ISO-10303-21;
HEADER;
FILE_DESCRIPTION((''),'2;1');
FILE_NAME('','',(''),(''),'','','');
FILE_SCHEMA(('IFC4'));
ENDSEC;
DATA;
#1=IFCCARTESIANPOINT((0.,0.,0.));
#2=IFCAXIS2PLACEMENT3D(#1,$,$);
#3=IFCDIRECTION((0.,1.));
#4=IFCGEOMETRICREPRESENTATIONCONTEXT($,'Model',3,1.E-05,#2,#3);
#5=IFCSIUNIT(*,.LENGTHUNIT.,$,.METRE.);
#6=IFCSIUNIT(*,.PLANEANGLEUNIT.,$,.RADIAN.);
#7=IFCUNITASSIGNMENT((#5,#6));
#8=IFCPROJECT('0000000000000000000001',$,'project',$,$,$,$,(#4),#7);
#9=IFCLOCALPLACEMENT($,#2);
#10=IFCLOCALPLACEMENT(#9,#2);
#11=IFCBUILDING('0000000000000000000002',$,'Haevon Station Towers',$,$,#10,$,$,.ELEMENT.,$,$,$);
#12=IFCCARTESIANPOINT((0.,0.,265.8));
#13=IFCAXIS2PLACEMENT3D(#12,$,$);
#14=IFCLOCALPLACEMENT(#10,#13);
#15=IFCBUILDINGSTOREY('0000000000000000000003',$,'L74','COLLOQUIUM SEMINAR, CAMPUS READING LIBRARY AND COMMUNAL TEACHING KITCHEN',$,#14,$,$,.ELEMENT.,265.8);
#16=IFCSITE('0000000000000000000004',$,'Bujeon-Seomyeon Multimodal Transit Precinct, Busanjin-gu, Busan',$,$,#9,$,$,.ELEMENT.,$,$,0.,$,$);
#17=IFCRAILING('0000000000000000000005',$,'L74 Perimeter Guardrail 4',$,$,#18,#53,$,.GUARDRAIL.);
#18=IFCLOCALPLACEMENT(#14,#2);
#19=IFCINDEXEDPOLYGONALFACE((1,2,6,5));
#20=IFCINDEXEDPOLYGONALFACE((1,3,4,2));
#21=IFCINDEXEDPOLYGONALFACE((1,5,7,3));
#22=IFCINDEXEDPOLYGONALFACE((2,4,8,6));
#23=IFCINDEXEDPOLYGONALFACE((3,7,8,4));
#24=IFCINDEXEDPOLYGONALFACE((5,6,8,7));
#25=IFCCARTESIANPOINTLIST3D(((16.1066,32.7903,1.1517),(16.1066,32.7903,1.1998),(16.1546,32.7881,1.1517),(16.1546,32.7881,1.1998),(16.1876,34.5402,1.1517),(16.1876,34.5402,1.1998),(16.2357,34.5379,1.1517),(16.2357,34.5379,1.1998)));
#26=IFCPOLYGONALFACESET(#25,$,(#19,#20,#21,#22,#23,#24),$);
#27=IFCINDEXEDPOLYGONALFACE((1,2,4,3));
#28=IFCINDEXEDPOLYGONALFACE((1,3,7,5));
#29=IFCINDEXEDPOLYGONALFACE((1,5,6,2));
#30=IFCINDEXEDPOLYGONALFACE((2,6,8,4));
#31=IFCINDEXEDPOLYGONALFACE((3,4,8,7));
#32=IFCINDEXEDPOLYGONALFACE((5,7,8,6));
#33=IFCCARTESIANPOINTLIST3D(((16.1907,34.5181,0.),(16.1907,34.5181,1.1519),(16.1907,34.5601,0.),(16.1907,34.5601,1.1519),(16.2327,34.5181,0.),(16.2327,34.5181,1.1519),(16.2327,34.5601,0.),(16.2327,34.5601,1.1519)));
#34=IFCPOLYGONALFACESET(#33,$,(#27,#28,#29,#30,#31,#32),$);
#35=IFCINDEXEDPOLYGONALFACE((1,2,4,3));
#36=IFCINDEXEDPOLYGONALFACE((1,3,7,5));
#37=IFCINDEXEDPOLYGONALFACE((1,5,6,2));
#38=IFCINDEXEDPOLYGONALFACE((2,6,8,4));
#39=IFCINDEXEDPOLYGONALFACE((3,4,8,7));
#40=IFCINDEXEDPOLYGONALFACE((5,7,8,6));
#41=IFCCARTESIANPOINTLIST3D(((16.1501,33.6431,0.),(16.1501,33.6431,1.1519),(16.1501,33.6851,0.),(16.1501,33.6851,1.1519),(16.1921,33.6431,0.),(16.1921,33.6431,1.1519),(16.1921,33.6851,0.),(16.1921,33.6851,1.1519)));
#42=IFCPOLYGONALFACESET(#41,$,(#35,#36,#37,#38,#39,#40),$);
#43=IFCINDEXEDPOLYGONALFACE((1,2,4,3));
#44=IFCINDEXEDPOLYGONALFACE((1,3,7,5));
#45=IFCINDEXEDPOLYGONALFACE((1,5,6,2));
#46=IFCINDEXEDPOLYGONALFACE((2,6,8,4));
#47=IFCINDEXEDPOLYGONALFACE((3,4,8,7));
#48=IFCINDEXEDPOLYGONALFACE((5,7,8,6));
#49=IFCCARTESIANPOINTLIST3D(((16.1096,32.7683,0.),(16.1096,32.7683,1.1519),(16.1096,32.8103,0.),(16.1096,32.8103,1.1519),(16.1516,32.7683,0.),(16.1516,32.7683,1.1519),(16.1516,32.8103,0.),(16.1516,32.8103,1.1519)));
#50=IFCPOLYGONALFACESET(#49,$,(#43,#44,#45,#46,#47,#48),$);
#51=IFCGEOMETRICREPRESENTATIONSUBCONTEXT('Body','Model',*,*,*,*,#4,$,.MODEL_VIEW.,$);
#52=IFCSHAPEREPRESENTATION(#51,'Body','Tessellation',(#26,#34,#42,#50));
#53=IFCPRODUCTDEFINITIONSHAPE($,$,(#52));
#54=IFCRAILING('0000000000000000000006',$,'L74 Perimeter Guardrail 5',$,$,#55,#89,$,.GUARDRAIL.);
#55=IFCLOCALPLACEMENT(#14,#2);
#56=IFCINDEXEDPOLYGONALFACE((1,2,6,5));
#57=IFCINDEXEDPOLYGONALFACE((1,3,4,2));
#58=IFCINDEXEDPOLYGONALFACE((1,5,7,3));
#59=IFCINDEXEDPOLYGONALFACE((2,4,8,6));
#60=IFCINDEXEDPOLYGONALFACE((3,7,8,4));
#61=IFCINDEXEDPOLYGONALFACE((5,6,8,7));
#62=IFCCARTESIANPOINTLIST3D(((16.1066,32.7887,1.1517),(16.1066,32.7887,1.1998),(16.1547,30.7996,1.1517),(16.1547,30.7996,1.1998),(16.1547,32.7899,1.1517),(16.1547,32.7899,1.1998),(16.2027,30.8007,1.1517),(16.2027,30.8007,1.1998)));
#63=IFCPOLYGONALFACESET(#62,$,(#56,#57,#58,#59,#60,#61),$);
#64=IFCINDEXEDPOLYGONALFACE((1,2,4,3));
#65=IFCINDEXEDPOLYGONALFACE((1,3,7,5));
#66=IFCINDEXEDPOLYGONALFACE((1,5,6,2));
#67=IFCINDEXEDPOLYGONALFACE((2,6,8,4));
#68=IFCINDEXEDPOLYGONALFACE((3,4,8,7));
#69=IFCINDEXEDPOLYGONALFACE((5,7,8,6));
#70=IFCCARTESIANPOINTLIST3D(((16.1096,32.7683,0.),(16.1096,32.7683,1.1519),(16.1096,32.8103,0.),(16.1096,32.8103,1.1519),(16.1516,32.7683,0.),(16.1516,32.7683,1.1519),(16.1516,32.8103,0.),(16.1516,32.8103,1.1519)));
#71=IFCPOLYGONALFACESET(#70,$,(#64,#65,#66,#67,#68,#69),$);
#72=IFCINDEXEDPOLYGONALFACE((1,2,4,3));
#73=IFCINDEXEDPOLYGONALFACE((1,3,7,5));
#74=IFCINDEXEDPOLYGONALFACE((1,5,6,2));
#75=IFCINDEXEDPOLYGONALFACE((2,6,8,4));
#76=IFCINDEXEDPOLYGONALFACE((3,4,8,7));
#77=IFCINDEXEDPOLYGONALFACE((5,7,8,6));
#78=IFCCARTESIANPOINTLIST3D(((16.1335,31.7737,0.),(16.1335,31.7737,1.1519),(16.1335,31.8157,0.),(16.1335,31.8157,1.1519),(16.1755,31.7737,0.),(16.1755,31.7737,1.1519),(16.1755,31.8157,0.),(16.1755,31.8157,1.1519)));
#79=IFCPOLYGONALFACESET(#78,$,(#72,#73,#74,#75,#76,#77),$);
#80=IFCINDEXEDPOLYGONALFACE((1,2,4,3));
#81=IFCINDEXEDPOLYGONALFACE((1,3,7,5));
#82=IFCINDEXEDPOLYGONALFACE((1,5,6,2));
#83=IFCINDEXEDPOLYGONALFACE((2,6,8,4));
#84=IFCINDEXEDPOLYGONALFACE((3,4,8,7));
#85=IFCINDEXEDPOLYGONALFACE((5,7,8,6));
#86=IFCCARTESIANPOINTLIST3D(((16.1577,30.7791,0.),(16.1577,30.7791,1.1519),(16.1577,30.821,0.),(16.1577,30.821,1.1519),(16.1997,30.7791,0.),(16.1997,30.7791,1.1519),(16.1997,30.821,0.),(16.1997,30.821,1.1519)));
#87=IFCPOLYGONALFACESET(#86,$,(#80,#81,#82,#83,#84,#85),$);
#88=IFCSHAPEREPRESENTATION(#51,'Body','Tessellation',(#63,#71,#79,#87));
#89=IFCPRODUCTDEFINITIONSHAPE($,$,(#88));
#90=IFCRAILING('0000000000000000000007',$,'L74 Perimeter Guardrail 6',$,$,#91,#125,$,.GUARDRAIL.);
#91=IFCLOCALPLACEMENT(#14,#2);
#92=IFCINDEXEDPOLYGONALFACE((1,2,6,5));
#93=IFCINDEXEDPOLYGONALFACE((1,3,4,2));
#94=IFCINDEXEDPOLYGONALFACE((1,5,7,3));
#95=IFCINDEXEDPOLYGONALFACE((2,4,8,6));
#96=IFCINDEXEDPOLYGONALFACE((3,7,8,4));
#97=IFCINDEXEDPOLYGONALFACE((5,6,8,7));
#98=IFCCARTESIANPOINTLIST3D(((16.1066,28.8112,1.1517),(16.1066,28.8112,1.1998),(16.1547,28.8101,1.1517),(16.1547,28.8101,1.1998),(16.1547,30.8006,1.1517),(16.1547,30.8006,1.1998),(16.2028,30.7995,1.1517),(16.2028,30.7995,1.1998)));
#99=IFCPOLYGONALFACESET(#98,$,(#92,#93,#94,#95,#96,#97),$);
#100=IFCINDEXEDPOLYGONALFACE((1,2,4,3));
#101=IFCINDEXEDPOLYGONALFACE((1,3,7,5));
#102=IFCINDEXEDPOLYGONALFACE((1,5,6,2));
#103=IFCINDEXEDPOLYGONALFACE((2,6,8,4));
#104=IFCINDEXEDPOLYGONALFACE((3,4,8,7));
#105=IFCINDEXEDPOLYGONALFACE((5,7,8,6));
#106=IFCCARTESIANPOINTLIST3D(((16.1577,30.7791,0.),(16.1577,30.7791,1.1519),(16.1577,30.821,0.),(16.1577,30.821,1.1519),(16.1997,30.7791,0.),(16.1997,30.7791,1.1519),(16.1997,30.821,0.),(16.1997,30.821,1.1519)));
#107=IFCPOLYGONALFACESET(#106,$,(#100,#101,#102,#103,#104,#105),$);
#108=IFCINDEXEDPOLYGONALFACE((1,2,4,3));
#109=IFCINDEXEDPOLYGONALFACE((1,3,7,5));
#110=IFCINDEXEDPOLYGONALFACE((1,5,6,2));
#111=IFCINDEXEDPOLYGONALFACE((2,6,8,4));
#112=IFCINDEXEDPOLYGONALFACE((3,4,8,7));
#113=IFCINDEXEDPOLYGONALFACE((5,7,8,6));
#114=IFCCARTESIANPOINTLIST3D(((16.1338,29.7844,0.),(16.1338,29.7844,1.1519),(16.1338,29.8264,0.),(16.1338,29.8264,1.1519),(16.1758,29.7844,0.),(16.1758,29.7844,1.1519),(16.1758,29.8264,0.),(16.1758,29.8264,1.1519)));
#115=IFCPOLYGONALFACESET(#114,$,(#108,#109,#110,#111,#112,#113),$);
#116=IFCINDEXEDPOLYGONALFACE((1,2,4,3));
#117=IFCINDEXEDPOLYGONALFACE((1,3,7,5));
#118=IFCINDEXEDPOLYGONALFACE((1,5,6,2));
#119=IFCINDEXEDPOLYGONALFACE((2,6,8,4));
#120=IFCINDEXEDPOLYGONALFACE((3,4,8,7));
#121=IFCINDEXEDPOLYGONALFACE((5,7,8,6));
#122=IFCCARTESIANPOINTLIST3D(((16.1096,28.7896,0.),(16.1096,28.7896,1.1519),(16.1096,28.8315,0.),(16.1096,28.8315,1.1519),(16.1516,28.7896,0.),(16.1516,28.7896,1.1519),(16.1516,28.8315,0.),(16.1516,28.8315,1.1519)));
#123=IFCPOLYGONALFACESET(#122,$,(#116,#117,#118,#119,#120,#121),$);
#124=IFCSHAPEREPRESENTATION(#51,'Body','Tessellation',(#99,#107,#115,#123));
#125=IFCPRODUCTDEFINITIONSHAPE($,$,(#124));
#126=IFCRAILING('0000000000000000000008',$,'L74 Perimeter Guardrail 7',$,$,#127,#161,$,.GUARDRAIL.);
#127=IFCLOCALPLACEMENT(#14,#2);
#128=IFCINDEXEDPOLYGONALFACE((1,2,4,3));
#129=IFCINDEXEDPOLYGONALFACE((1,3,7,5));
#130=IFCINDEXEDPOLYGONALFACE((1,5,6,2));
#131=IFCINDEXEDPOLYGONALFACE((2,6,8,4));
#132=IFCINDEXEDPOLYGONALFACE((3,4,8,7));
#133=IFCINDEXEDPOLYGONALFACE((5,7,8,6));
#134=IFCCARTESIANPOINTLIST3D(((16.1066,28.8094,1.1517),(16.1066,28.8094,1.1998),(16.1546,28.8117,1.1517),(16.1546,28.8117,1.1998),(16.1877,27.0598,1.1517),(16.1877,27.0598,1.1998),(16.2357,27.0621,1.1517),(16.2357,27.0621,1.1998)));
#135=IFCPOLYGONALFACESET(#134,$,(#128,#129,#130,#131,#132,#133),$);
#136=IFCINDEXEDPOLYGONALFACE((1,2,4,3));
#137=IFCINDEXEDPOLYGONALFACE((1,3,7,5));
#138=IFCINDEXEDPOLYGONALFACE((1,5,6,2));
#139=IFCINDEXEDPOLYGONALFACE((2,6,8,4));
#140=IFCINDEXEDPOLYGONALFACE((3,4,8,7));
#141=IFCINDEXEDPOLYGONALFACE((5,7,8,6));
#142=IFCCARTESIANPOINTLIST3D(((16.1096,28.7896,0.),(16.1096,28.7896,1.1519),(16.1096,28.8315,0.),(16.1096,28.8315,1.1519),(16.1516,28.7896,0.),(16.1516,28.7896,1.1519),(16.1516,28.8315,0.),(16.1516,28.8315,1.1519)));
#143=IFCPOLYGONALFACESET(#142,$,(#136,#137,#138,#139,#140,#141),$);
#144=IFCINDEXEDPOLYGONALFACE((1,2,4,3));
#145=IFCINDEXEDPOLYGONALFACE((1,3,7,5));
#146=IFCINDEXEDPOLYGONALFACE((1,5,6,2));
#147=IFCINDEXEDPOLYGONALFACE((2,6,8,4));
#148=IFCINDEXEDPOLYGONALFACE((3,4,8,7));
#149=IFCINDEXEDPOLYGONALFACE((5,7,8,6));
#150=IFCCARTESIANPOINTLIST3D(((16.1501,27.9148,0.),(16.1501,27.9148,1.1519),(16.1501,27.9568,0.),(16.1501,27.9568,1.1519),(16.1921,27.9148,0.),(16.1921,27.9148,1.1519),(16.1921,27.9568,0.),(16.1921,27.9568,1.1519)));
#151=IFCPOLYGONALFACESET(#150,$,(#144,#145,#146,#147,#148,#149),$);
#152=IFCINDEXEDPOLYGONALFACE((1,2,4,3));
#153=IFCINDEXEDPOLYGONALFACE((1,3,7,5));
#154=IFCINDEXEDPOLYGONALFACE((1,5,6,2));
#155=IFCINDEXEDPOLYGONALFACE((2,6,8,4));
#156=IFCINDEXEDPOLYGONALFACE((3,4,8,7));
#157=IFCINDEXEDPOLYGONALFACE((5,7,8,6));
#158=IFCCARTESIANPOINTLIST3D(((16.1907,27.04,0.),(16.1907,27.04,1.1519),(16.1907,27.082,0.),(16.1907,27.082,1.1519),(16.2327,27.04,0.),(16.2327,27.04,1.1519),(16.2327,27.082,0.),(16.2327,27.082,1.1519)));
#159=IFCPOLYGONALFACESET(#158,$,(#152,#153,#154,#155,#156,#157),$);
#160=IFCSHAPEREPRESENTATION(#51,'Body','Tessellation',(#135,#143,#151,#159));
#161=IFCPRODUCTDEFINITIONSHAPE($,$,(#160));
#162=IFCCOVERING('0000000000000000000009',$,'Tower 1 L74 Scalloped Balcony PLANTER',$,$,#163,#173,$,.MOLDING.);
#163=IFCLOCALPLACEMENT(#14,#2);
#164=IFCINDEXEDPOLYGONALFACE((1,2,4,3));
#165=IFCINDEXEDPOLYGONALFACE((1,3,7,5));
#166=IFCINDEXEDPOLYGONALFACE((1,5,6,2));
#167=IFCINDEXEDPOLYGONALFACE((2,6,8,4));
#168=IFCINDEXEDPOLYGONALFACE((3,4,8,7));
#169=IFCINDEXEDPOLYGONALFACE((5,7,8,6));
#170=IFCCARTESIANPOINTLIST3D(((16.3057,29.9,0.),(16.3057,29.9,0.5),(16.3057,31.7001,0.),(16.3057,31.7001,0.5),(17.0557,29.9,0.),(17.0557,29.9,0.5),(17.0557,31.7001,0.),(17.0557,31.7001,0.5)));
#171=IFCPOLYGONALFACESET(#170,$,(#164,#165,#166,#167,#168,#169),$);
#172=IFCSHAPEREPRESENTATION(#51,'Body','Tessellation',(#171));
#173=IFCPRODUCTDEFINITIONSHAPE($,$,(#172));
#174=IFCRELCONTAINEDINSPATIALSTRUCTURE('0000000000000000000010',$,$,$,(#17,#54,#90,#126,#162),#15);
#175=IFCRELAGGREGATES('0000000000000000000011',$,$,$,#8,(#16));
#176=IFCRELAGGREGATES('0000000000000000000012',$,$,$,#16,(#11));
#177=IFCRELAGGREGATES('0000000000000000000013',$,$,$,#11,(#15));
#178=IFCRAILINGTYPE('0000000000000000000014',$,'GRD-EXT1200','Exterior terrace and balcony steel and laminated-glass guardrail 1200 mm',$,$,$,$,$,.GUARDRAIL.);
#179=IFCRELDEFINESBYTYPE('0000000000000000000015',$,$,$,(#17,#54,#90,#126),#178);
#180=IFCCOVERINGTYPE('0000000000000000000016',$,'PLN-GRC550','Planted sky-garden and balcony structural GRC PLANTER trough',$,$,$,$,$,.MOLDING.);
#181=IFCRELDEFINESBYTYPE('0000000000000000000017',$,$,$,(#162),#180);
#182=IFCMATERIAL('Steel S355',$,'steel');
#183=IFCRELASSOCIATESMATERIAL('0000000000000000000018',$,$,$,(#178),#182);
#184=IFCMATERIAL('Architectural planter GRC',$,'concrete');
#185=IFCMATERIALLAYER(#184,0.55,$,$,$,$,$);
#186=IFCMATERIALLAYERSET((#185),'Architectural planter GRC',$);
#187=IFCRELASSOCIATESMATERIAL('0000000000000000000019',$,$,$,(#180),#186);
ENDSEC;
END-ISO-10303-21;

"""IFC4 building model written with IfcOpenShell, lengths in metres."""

from ifc_helpers import new_model, si_unit, direction, frame, origin, origin_2d, place, context, subcontext, project, spatial, rectangle, extrude, material, layer, layer_set, type_object, element, save


model = new_model("IFC4")

# Units and contexts
model_context = context("Model", 3, precision=1e-05, world=origin(), true_north=direction((0.0, 1.0)))
body_context = subcontext(model_context, "Body", "Model", "MODEL_VIEW")
ifc_project = project(units=[si_unit("LENGTHUNIT", "METRE"), si_unit("PLANEANGLEUNIT", "RADIAN")], contexts=[model_context])

# Site, building, storey
site_placement = place(None, origin())
site = spatial("IfcSite", under=ifc_project, at=site_placement, Name="Bujeon-Seomyeon Multimodal Transit Precinct, Busanjin-gu, Busan", CompositionType="ELEMENT", RefElevation=0.0)
building_placement = place(site_placement, origin())
building = spatial("IfcBuilding", under=site, at=building_placement, Name="Haevon Station Towers", CompositionType="ELEMENT")
storey_placement = place(building_placement, frame((0.0, 0.0, 265.8)))
storey = spatial("IfcBuildingStorey", under=building, at=storey_placement, Name="L74", Description="COLLOQUIUM SEMINAR, CAMPUS READING LIBRARY AND COMMUNAL TEACHING KITCHEN", CompositionType="ELEMENT", Elevation=265.8)

# Shared definitions
ifc_material_1 = material(Name="Steel S355", Category="steel")

# Railings
railing_type = type_object("IfcRailingType", Name="GRD-EXT1200", Description="Exterior terrace and balcony steel and laminated-glass guardrail 1200 mm", PredefinedType="GUARDRAIL", material=ifc_material_1)
railing_1_placement = place(storey_placement, frame((16.2117, 34.5391, 0.0)))
element("IfcRailing", 1, at=railing_1_placement, inside=storey, type_object=railing_type, Name="L74 Perimeter Guardrail 4", PredefinedType="GUARDRAIL", context=body_context, shape_type="SweptSolid", body=[
    extrude(rectangle(XDim=0.0481, YDim=0.0481, at=origin_2d()), frame((0.0, 0.0, 1.1758), z_axis=(-0.046274, -0.998929, 0.0), x_axis=(0.998929, -0.046274, 0.0)), (0.0, 0.0, 1.0), 1.7517),
    extrude(rectangle(XDim=0.042, YDim=0.042, at=origin_2d()), origin(), (0.0, 0.0, 1.0), 1.1519),
    extrude(rectangle(XDim=0.042, YDim=0.042, at=origin_2d()), frame((-0.0405, -0.875, 0.0)), (0.0, 0.0, 1.0), 1.1519),
    extrude(rectangle(XDim=0.042, YDim=0.042, at=origin_2d()), frame((-0.0811, -1.7498, 0.0)), (0.0, 0.0, 1.0), 1.1519),
])
railing_2_placement = place(storey_placement, frame((16.1306, 32.7893, 0.0)))
element("IfcRailing", 2, at=railing_2_placement, inside=storey, type_object=railing_type, Name="L74 Perimeter Guardrail 5", PredefinedType="GUARDRAIL", context=body_context, shape_type="SweptSolid", body=[
    extrude(rectangle(XDim=0.0481, YDim=0.0481, at=origin_2d()), frame((0.0, 0.0, 1.1758), z_axis=(0.024171, -0.999708, 0.0), x_axis=(0.999708, 0.024171, 0.0)), (0.0, 0.0, 1.0), 1.9897),
    extrude(rectangle(XDim=0.042, YDim=0.042, at=origin_2d()), origin(), (0.0, 0.0, 1.0), 1.1519),
    extrude(rectangle(XDim=0.042, YDim=0.042, at=origin_2d()), frame((0.0239, -0.9946, 0.0)), (0.0, 0.0, 1.0), 1.1519),
    extrude(rectangle(XDim=0.042, YDim=0.042, at=origin_2d()), frame((0.0481, -1.9893, 0.0)), (0.0, 0.0, 1.0), 1.1519),
])
railing_3_placement = place(storey_placement, frame((16.1787, 30.8, 0.0)))
element("IfcRailing", 3, at=railing_3_placement, inside=storey, type_object=railing_type, Name="L74 Perimeter Guardrail 6", PredefinedType="GUARDRAIL", context=body_context, shape_type="SweptSolid", body=[
    extrude(rectangle(XDim=0.0481, YDim=0.0481, at=origin_2d()), frame((0.0, 0.0, 1.1758), z_axis=(-0.024168, -0.999708, 0.0), x_axis=(0.999708, -0.024168, 0.0)), (0.0, 0.0, 1.0), 1.99),
    extrude(rectangle(XDim=0.042, YDim=0.042, at=origin_2d()), origin(), (0.0, 0.0, 1.0), 1.1519),
    extrude(rectangle(XDim=0.042, YDim=0.042, at=origin_2d()), frame((-0.0239, -0.9946, 0.0)), (0.0, 0.0, 1.0), 1.1519),
    extrude(rectangle(XDim=0.042, YDim=0.042, at=origin_2d()), frame((-0.0481, -1.9895, 0.0)), (0.0, 0.0, 1.0), 1.1519),
])
railing_4_placement = place(storey_placement, frame((16.1306, 28.8105, 0.0)))
element("IfcRailing", 4, at=railing_4_placement, inside=storey, type_object=railing_type, Name="L74 Perimeter Guardrail 7", PredefinedType="GUARDRAIL", context=body_context, shape_type="SweptSolid", body=[
    extrude(rectangle(XDim=0.0481, YDim=0.0481, at=origin_2d()), frame((0.0, 0.0, 1.1758), z_axis=(0.04628, -0.998928, 0.0), x_axis=(0.998928, 0.04628, 0.0)), (0.0, 0.0, 1.0), 1.7515),
    extrude(rectangle(XDim=0.042, YDim=0.042, at=origin_2d()), origin(), (0.0, 0.0, 1.0), 1.1519),
    extrude(rectangle(XDim=0.042, YDim=0.042, at=origin_2d()), frame((0.0405, -0.8748, 0.0)), (0.0, 0.0, 1.0), 1.1519),
    extrude(rectangle(XDim=0.042, YDim=0.042, at=origin_2d()), frame((0.0811, -1.7495, 0.0)), (0.0, 0.0, 1.0), 1.1519),
])

# Covering
ifc_material_2 = material(Name="Architectural planter GRC", Category="concrete")
ifc_layer = layer(ifc_material_2, 0.55)
ifc_layer_set = layer_set([ifc_layer], Name="Architectural planter GRC")
covering_type = type_object("IfcCoveringType", Name="PLN-GRC550", Description="Planted sky-garden and balcony structural GRC PLANTER trough", PredefinedType="MOLDING", material=ifc_layer_set)
covering_placement = place(storey_placement, frame((16.6807, 30.8, 0.0), z_axis=(0.0, 0.0, 1.0), x_axis=(1.0, 0.0, 0.0)))
element("IfcCovering", 5, at=covering_placement, inside=storey, type_object=covering_type, Name="Tower 1 L74 Scalloped Balcony PLANTER", PredefinedType="MOLDING", context=body_context, shape_type="SweptSolid", body=[
    extrude(rectangle(XDim=0.75, YDim=1.8, at=origin_2d()), origin(), (0.0, 0.0, 1.0), 0.5),
])

save(model, "model.ifc")
